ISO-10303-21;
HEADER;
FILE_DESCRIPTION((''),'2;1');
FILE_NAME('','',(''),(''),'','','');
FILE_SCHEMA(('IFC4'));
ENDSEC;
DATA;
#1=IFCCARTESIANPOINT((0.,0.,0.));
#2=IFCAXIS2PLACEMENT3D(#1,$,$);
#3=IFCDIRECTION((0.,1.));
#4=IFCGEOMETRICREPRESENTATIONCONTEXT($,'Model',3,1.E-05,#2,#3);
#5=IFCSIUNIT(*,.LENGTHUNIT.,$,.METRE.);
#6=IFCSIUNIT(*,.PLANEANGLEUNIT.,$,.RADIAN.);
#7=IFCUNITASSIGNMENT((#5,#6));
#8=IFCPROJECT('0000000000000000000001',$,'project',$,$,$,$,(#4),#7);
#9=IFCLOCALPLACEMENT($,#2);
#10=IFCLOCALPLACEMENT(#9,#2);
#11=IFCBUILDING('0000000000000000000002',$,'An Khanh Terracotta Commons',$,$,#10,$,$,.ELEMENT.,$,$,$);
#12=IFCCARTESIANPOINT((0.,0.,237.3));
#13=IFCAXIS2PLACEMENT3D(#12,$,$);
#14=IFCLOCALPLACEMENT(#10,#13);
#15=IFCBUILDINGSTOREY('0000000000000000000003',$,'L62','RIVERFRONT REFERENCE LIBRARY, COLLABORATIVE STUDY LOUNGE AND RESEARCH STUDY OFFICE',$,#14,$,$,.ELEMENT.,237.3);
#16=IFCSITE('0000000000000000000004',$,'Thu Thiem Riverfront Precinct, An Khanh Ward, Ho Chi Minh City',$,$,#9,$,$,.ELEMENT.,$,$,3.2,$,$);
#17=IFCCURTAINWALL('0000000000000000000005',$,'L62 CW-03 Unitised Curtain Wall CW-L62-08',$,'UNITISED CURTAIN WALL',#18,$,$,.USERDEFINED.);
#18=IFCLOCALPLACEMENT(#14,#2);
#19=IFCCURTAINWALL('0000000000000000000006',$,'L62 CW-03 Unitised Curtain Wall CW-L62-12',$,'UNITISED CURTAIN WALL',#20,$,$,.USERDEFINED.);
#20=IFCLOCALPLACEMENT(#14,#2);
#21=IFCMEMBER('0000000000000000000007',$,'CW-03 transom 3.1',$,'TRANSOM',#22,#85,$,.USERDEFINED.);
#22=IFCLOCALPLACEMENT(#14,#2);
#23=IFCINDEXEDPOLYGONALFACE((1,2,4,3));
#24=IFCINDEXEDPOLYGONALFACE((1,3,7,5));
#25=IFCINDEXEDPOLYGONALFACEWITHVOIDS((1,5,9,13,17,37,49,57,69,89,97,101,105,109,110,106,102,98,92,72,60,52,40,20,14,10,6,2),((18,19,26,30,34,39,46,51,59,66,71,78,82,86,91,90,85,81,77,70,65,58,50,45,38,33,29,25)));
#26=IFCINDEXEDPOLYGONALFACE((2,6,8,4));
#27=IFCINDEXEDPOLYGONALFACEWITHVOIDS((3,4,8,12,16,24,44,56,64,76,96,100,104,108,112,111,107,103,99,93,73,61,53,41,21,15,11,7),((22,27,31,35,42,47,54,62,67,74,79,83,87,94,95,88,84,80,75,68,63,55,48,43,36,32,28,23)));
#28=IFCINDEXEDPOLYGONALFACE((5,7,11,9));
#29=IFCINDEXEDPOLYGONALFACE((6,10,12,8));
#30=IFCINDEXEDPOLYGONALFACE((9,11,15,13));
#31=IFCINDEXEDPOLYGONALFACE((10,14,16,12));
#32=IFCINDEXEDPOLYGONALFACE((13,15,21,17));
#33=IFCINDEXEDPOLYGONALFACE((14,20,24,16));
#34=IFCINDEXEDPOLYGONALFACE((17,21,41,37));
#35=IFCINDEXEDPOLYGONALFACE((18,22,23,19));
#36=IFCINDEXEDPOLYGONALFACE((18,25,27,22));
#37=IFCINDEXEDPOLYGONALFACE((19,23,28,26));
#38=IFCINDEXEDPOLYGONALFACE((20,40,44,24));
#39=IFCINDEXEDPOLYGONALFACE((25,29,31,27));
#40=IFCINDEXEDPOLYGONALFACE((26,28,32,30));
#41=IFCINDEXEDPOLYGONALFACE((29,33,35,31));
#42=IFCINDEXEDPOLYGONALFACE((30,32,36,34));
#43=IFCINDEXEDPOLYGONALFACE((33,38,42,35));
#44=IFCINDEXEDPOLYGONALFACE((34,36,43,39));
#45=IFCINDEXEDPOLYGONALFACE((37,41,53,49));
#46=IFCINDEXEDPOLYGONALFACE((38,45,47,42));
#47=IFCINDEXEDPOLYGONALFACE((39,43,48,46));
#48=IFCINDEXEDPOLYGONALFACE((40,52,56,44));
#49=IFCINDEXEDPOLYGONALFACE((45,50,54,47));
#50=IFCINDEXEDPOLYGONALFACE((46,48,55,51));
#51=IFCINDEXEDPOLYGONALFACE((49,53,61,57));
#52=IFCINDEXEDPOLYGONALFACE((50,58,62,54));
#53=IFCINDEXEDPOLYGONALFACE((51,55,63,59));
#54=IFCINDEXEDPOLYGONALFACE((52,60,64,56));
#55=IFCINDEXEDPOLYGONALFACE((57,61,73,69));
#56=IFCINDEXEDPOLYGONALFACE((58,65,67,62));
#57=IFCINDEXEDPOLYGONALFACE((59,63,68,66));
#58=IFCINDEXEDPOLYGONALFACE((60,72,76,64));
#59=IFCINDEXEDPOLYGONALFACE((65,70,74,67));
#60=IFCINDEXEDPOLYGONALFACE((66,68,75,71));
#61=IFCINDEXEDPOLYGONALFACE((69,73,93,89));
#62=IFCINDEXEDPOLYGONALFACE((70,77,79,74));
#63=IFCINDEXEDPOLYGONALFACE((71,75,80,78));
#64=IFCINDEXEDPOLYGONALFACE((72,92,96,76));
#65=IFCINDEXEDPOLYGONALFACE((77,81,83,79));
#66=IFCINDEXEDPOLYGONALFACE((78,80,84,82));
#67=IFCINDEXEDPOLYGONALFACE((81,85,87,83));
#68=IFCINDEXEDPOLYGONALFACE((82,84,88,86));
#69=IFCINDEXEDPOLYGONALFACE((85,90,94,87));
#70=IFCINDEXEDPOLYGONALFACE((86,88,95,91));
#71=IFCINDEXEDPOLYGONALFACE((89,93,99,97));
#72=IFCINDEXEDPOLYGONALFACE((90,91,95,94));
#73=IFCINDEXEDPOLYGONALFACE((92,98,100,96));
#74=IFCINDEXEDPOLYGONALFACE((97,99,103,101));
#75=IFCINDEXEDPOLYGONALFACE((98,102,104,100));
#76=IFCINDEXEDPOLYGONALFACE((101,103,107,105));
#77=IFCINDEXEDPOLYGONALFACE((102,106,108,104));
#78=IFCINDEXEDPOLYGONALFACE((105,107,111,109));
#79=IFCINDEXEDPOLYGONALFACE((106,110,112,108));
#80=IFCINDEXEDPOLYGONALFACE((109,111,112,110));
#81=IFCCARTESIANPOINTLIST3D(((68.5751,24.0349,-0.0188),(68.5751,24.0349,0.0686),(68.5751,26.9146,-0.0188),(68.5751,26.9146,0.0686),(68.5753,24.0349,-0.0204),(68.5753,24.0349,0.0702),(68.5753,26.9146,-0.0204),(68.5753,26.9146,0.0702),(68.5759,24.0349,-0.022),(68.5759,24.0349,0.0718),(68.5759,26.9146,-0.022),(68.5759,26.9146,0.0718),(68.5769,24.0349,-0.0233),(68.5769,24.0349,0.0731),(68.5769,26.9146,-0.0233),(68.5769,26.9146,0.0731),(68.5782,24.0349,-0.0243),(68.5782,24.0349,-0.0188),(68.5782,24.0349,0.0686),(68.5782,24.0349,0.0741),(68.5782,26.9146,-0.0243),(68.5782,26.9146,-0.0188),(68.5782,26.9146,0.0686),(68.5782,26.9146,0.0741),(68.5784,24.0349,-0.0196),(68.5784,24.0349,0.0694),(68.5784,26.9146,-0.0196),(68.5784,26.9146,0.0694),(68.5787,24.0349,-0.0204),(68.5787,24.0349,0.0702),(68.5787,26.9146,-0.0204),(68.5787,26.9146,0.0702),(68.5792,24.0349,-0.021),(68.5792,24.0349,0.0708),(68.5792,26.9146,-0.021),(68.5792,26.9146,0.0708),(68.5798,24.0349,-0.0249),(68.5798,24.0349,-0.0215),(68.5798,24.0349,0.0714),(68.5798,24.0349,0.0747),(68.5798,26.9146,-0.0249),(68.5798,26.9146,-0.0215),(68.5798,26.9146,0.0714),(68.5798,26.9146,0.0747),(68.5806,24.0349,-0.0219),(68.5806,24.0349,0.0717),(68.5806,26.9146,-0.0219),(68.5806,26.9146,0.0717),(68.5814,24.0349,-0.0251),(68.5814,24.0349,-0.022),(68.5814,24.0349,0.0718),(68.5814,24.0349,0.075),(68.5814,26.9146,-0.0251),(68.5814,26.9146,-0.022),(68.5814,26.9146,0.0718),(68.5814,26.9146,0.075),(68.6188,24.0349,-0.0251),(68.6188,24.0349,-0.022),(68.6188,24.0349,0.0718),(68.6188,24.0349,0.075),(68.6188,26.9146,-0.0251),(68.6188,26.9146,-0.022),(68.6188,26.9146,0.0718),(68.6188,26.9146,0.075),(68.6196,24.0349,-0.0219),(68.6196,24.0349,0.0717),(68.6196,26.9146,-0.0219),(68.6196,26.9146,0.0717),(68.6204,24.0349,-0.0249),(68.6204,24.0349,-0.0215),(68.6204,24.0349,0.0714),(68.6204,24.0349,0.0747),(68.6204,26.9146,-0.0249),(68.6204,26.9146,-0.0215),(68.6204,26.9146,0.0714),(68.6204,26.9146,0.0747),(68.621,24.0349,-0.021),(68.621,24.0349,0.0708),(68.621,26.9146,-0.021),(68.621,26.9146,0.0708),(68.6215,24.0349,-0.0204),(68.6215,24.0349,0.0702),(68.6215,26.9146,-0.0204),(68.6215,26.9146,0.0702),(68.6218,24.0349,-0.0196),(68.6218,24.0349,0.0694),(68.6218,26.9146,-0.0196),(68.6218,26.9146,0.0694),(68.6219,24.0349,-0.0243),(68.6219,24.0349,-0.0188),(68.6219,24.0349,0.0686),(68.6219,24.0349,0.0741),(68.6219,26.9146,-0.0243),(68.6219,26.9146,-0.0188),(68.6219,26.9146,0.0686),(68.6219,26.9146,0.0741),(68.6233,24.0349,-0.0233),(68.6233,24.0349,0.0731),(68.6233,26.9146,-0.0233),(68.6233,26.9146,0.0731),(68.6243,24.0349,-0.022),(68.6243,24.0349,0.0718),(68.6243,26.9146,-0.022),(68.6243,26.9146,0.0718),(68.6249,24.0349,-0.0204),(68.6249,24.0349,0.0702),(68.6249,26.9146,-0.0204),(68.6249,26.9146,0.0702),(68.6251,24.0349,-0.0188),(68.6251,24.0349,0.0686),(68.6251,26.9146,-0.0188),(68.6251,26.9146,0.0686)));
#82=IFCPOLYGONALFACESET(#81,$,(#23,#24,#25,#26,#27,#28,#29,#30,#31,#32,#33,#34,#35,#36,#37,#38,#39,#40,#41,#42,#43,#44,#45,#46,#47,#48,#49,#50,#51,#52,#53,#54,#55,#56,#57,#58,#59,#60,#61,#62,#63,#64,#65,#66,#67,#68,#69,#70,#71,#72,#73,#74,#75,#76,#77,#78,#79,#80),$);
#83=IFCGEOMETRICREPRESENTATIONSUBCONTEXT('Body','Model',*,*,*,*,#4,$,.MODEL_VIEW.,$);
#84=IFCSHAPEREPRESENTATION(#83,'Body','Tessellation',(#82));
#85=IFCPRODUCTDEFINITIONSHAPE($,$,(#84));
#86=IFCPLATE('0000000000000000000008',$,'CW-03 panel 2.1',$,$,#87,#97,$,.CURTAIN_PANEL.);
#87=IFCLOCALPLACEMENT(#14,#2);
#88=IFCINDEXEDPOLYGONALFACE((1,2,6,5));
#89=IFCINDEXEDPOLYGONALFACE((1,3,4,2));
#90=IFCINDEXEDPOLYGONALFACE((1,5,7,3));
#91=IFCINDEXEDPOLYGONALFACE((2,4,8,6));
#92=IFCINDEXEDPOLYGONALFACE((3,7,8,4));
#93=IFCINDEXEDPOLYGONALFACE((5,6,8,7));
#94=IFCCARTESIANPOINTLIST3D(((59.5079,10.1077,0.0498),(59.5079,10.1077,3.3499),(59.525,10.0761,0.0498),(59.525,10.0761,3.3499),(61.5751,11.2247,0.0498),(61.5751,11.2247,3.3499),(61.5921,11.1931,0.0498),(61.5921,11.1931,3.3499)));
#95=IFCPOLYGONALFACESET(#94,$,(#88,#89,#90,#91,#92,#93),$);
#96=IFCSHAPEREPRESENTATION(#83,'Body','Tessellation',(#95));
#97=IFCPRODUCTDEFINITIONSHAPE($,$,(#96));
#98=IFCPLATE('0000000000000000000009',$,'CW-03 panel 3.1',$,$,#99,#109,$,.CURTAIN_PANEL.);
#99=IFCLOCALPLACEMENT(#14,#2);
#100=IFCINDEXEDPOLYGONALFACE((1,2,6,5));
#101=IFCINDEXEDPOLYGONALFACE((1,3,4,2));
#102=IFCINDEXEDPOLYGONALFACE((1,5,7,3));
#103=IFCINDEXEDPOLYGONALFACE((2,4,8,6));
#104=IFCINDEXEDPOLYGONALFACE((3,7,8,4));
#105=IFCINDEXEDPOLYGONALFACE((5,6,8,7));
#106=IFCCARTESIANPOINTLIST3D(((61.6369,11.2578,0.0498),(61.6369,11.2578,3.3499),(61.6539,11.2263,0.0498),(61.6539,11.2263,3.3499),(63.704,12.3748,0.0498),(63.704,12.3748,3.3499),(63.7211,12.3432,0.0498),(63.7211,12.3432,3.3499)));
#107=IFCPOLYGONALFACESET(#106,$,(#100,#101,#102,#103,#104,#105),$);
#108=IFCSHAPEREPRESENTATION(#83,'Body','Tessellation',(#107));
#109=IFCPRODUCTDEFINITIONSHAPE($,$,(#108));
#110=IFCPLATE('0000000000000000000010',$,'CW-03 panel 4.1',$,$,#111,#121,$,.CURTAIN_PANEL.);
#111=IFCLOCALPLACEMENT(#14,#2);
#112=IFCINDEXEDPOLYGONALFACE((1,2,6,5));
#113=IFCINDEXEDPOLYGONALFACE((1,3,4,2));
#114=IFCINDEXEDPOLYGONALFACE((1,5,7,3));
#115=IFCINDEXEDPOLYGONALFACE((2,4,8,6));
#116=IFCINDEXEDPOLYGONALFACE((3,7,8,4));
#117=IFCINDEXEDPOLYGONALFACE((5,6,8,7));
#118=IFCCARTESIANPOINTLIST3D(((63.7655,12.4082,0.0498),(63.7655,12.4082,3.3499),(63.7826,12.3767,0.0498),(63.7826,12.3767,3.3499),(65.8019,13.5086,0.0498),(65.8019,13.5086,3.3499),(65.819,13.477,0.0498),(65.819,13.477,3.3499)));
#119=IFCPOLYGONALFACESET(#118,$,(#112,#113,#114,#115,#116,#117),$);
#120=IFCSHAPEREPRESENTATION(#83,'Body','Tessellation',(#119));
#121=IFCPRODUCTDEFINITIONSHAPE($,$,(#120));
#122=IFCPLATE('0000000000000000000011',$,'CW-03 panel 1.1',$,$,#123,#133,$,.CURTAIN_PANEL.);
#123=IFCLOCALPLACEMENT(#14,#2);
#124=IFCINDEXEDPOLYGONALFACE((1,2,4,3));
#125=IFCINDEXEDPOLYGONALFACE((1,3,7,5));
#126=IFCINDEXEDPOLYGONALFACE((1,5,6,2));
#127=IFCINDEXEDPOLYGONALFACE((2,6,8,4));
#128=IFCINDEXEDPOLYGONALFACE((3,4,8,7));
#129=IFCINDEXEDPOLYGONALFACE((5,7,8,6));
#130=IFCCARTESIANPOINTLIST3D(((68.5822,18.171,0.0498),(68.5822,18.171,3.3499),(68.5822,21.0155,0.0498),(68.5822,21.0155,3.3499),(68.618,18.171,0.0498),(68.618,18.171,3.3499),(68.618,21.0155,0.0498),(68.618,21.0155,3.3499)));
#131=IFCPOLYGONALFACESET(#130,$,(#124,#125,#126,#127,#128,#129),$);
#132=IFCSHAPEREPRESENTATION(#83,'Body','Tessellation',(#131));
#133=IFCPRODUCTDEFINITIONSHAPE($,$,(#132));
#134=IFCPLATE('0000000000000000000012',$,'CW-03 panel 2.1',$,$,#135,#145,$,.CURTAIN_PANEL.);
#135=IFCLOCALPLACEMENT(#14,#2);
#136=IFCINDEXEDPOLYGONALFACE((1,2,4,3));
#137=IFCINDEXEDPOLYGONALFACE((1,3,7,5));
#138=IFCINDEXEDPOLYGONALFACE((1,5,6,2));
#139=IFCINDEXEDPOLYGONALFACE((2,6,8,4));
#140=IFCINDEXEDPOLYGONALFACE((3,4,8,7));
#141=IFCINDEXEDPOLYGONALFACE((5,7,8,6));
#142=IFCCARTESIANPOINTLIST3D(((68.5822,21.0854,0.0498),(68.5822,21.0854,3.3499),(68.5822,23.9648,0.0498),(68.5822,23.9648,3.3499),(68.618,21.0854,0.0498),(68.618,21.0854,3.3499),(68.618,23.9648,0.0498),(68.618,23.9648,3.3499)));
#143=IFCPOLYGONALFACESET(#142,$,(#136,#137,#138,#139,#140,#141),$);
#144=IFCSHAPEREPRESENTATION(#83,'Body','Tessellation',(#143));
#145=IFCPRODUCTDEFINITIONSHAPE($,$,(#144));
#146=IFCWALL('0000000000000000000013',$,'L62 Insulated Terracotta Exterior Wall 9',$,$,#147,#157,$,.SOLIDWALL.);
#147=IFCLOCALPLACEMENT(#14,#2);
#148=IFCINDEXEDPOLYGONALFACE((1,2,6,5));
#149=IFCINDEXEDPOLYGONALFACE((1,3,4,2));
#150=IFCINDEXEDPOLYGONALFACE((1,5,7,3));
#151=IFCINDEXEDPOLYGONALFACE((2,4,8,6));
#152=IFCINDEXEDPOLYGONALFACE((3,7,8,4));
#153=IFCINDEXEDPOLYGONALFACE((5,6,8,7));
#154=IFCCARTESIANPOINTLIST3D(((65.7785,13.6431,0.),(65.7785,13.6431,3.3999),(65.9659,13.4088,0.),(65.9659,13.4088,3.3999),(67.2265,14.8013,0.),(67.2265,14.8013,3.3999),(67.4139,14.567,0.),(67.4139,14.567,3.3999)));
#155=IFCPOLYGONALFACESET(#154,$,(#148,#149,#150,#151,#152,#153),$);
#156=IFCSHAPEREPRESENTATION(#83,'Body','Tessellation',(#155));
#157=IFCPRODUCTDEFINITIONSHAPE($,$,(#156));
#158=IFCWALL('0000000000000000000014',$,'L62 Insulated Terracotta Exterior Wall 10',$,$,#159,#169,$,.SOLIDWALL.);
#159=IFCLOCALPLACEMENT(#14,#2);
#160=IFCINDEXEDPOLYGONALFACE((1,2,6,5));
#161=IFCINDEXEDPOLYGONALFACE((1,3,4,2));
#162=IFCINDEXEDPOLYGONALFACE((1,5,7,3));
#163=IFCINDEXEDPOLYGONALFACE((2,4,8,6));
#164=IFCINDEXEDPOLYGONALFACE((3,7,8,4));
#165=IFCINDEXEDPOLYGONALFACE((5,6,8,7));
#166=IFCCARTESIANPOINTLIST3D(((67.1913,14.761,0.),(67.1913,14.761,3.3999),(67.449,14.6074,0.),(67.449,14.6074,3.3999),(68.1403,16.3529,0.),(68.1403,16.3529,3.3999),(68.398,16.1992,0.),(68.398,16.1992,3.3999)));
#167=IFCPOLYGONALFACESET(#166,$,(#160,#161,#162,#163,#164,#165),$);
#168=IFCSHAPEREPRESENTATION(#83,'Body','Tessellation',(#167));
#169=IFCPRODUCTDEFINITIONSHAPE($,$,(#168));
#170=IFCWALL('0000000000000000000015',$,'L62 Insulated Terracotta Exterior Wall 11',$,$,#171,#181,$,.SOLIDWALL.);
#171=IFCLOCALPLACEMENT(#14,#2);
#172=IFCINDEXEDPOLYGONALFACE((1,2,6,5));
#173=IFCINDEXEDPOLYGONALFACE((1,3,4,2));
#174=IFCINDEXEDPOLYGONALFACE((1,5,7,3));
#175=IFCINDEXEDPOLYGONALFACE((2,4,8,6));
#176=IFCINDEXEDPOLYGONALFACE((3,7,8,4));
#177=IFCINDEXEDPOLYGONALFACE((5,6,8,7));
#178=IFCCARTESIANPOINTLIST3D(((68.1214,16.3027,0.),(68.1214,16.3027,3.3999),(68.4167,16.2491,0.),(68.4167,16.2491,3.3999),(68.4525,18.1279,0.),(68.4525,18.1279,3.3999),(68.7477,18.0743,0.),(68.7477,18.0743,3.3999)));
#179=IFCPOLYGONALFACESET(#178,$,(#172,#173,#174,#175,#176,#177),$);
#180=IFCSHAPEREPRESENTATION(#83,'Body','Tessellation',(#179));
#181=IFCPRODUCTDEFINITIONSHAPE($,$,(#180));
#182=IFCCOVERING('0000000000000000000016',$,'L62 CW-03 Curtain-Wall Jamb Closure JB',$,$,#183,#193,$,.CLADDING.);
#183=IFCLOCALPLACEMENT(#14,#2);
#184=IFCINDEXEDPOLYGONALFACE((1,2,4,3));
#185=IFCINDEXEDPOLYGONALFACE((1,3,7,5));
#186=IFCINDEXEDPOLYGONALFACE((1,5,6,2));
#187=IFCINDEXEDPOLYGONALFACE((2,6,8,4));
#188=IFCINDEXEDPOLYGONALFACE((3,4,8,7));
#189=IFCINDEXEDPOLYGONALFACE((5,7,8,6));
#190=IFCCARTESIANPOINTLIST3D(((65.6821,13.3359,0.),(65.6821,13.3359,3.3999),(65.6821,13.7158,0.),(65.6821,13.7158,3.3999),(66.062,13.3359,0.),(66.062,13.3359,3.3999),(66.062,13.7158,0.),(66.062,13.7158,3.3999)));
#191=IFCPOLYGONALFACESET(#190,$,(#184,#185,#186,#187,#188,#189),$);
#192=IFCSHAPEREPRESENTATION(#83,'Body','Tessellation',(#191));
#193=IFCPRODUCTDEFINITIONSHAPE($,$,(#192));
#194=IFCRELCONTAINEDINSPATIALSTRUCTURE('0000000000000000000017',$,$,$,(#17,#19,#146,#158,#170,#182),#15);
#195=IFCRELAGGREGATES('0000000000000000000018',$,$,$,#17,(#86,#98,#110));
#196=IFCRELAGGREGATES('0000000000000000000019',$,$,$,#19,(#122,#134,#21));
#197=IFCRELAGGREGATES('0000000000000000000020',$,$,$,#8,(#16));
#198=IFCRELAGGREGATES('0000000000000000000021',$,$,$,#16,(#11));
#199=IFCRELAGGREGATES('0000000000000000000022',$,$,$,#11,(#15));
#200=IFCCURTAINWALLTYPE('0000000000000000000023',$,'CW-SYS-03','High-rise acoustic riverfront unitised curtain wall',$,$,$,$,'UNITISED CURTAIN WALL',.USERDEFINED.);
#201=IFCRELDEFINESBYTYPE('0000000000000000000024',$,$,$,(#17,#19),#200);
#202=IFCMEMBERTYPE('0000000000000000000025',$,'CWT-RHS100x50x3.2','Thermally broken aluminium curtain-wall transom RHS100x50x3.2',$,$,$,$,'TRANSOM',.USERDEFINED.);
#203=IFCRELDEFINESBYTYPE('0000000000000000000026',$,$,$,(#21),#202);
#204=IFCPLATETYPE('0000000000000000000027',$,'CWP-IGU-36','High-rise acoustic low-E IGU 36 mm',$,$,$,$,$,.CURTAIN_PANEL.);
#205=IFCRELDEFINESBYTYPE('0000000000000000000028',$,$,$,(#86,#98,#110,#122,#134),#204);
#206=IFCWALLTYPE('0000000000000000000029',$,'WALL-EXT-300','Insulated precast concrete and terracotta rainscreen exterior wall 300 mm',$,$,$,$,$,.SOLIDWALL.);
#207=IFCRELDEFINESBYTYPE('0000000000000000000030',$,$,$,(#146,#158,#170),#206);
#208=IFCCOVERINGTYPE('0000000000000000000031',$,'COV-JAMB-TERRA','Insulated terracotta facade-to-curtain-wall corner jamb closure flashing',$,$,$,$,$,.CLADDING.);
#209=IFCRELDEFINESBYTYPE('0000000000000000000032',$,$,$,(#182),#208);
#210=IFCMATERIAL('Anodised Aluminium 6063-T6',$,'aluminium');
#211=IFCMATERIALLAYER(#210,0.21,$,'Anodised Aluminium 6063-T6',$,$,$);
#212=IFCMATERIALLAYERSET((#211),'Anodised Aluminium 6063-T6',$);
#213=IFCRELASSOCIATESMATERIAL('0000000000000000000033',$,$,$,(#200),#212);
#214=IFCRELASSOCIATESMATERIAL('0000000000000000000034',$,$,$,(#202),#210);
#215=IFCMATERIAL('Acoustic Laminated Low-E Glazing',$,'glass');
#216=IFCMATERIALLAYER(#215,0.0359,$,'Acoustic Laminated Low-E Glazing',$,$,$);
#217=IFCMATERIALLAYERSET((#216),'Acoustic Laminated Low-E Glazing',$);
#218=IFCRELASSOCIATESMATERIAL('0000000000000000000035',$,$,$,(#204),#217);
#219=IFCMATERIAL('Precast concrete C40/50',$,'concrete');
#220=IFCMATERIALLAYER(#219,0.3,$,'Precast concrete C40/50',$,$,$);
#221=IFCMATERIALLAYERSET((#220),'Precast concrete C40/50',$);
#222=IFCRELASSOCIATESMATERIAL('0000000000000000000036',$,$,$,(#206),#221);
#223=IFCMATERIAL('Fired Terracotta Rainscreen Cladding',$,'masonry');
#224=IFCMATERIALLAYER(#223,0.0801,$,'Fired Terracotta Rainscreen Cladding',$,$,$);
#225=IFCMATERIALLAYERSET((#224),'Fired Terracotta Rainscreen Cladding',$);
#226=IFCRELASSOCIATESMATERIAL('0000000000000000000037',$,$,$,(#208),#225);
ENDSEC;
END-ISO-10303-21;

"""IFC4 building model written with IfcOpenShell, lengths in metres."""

from ifc_helpers import new_model, si_unit, direction, frame, frame_2d, origin, origin_2d, place, context, subcontext, project, spatial, rectangle, hollow_rectangle, extrude, material, layer, layer_set, material_profile, profile_set, type_object, element, aggregate, save


model = new_model("IFC4")

# Units and contexts
model_context = context("Model", 3, precision=1e-05, world=origin(), true_north=direction((0.0, 1.0)))
body_context = subcontext(model_context, "Body", "Model", "MODEL_VIEW")
ifc_project = project(units=[si_unit("LENGTHUNIT", "METRE"), si_unit("PLANEANGLEUNIT", "RADIAN")], contexts=[model_context])

# Site, building, storey
site_placement = place(None, origin())
site = spatial("IfcSite", under=ifc_project, at=site_placement, Name="Thu Thiem Riverfront Precinct, An Khanh Ward, Ho Chi Minh City", CompositionType="ELEMENT", RefElevation=3.2)
building_placement = place(site_placement, origin())
building = spatial("IfcBuilding", under=site, at=building_placement, Name="An Khanh Terracotta Commons", CompositionType="ELEMENT")
storey_placement = place(building_placement, frame((0.0, 0.0, 237.3)))
storey = spatial("IfcBuildingStorey", under=building, at=storey_placement, Name="L62", Description="RIVERFRONT REFERENCE LIBRARY, COLLABORATIVE STUDY LOUNGE AND RESEARCH STUDY OFFICE", CompositionType="ELEMENT", Elevation=237.3)

# Curtain walls
ifc_material_1 = material(Name="Anodised Aluminium 6063-T6", Category="aluminium")
ifc_layer_1 = layer(ifc_material_1, 0.21, Name="Anodised Aluminium 6063-T6")
ifc_layer_set_1 = layer_set([ifc_layer_1], Name="Anodised Aluminium 6063-T6")
curtain_wall_type = type_object("IfcCurtainWallType", Name="CW-SYS-03", Description="High-rise acoustic riverfront unitised curtain wall", ElementType="UNITISED CURTAIN WALL", PredefinedType="USERDEFINED", material=ifc_layer_set_1)
curtain_wall_1_placement = place(storey_placement, origin())
curtain_wall_1 = element("IfcCurtainWall", 1, at=curtain_wall_1_placement, inside=storey, type_object=curtain_wall_type, Name="L62 CW-03 Unitised Curtain Wall CW-L62-08", ObjectType="UNITISED CURTAIN WALL", PredefinedType="USERDEFINED")
curtain_wall_2_placement = place(storey_placement, origin())
curtain_wall_2 = element("IfcCurtainWall", 2, at=curtain_wall_2_placement, inside=storey, type_object=curtain_wall_type, Name="L62 CW-03 Unitised Curtain Wall CW-L62-12", ObjectType="UNITISED CURTAIN WALL", PredefinedType="USERDEFINED")

# Member
ifc_material_profile_1 = material_profile(ifc_material_1, hollow_rectangle(XDim=0.05, YDim=0.1001, WallThickness=0.0032, InnerFilletRadius=0.0032, OuterFilletRadius=0.0063, at=origin_2d()), Name="RHS100x50x3.2")
ifc_profile_set_1 = profile_set([ifc_material_profile_1], Name="Anodised Aluminium 6063-T6")
member_type_1 = type_object("IfcMemberType", Name="CWT-RHS100x50x3.2", Description="Thermally broken aluminium curtain-wall transom RHS100x50x3.2", ElementType="TRANSOM", PredefinedType="USERDEFINED", material=ifc_profile_set_1)
member_1_placement = place(storey_placement, frame((68.6001, 24.0349, 0.0249), z_axis=(0.0, 1.0, 0.0), x_axis=(-1.0, 0.0, 0.0)))
member_1 = element("IfcMember", 3, at=member_1_placement, type_object=member_type_1, Name="CW-03 transom 3.1", ObjectType="TRANSOM", PredefinedType="USERDEFINED", context=body_context, shape_type="SweptSolid", body=[
    extrude(hollow_rectangle(XDim=0.05, YDim=0.1001, WallThickness=0.0032, InnerFilletRadius=0.0032, OuterFilletRadius=0.0063, at=origin_2d()), origin(), (0.0, 0.0, 1.0), 2.8796),
])

# Plates
ifc_material_2 = material(Name="Acoustic Laminated Low-E Glazing", Category="glass")
ifc_layer_2 = layer(ifc_material_2, 0.0359, Name="Acoustic Laminated Low-E Glazing")
ifc_layer_set_2 = layer_set([ifc_layer_2], Name="Acoustic Laminated Low-E Glazing")
plate_type = type_object("IfcPlateType", Name="CWP-IGU-36", Description="High-rise acoustic low-E IGU 36 mm", PredefinedType="CURTAIN_PANEL", material=ifc_layer_set_2)
plate_1_placement = place(storey_placement, frame((60.55, 10.6504, 0.0498), z_axis=(0.0, 0.0, 1.0), x_axis=(0.87978, 0.475381, 0.0)))
plate_1 = element("IfcPlate", 4, at=plate_1_placement, type_object=plate_type, Name="CW-03 panel 2.1", PredefinedType="CURTAIN_PANEL", context=body_context, shape_type="SweptSolid", body=[
    extrude(rectangle(XDim=2.3496, YDim=0.0359, at=origin_2d()), origin(), (0.0, 0.0, 1.0), 3.3),
])
plate_2_placement = place(storey_placement, frame((62.679, 11.8005, 0.0498), z_axis=(0.0, 0.0, 1.0), x_axis=(0.87978, 0.475381, 0.0)))
plate_2 = element("IfcPlate", 5, at=plate_2_placement, type_object=plate_type, Name="CW-03 panel 3.1", PredefinedType="CURTAIN_PANEL", context=body_context, shape_type="SweptSolid", body=[
    extrude(rectangle(XDim=2.3496, YDim=0.0359, at=origin_2d()), origin(), (0.0, 0.0, 1.0), 3.3),
])
plate_3_placement = place(storey_placement, frame((64.7922, 12.9426, 0.0498), z_axis=(0.0, 0.0, 1.0), x_axis=(0.87978, 0.475381, 0.0)))
plate_3 = element("IfcPlate", 6, at=plate_3_placement, type_object=plate_type, Name="CW-03 panel 4.1", PredefinedType="CURTAIN_PANEL", context=body_context, shape_type="SweptSolid", body=[
    extrude(rectangle(XDim=2.3147, YDim=0.0359, at=origin_2d()), origin(), (0.0, 0.0, 1.0), 3.3),
])
aggregate(curtain_wall_1, [plate_1, plate_2, plate_3])
plate_4_placement = place(storey_placement, frame((68.6001, 19.5933, 0.0498), z_axis=(0.0, 0.0, 1.0), x_axis=(0.0, 1.0, 0.0)))
plate_4 = element("IfcPlate", 7, at=plate_4_placement, type_object=plate_type, Name="CW-03 panel 1.1", PredefinedType="CURTAIN_PANEL", context=body_context, shape_type="SweptSolid", body=[
    extrude(rectangle(XDim=2.8445, YDim=0.0359, at=origin_2d()), origin(), (0.0, 0.0, 1.0), 3.3),
])
plate_5_placement = place(storey_placement, frame((68.6001, 22.5251, 0.0498), z_axis=(0.0, 0.0, 1.0), x_axis=(0.0, 1.0, 0.0)))
plate_5 = element("IfcPlate", 8, at=plate_5_placement, type_object=plate_type, Name="CW-03 panel 2.1", PredefinedType="CURTAIN_PANEL", context=body_context, shape_type="SweptSolid", body=[
    extrude(rectangle(XDim=2.8794, YDim=0.0359, at=origin_2d()), origin(), (0.0, 0.0, 1.0), 3.3),
])
aggregate(curtain_wall_2, [plate_4, plate_5, member_1])

# Walls
ifc_material_3 = material(Name="Precast concrete C40/50", Category="concrete")
ifc_layer_3 = layer(ifc_material_3, 0.3, Name="Precast concrete C40/50")
ifc_layer_set_3 = layer_set([ifc_layer_3], Name="Precast concrete C40/50")
wall_type = type_object("IfcWallType", Name="WALL-EXT-300", Description="Insulated precast concrete and terracotta rainscreen exterior wall 300 mm", PredefinedType="SOLIDWALL", material=ifc_layer_set_3)
wall_1_placement = place(storey_placement, frame((65.8721, 13.5259, 0.0), z_axis=(0.0, 0.0, 1.0), x_axis=(0.78092, 0.624631, 0.0)))
element("IfcWall", 9, at=wall_1_placement, inside=storey, type_object=wall_type, Name="L62 Insulated Terracotta Exterior Wall 9", PredefinedType="SOLIDWALL", context=body_context, shape_type="SweptSolid", body=[
    extrude(rectangle(XDim=1.8542, YDim=0.3, at=frame_2d((0.9272, 0.0))), origin(), (0.0, 0.0, 1.0), 3.3999),
])
wall_2_placement = place(storey_placement, frame((67.3201, 14.6841, 0.0), z_axis=(0.0, 0.0, 1.0), x_axis=(0.512072, 0.858943, 0.0)))
element("IfcWall", 10, at=wall_2_placement, inside=storey, type_object=wall_type, Name="L62 Insulated Terracotta Exterior Wall 10", PredefinedType="SOLIDWALL", context=body_context, shape_type="SweptSolid", body=[
    extrude(rectangle(XDim=1.8533, YDim=0.3, at=frame_2d((0.9268, 0.0))), origin(), (0.0, 0.0, 1.0), 3.3999),
])
wall_3_placement = place(storey_placement, frame((68.269, 16.2759, 0.0), z_axis=(0.0, 0.0, 1.0), x_axis=(0.178468, 0.983946, 0.0)))
element("IfcWall", 11, at=wall_3_placement, inside=storey, type_object=wall_type, Name="L62 Insulated Terracotta Exterior Wall 11", PredefinedType="SOLIDWALL", context=body_context, shape_type="SweptSolid", body=[
    extrude(rectangle(XDim=1.855, YDim=0.3, at=frame_2d((0.9275, 0.0))), origin(), (0.0, 0.0, 1.0), 3.3999),
])

# Covering
ifc_material_4 = material(Name="Fired Terracotta Rainscreen Cladding", Category="masonry")
ifc_layer_4 = layer(ifc_material_4, 0.0801, Name="Fired Terracotta Rainscreen Cladding")
ifc_layer_set_4 = layer_set([ifc_layer_4], Name="Fired Terracotta Rainscreen Cladding")
covering_type = type_object("IfcCoveringType", Name="COV-JAMB-TERRA", Description="Insulated terracotta facade-to-curtain-wall corner jamb closure flashing", PredefinedType="CLADDING", material=ifc_layer_set_4)
for number, where, z_axis, x_axis, name in (
    (12, (65.8721, 13.5259, 0.0), (0.0, 0.0, 1.0), (1.0, 0.0, 0.0), "L62 CW-03 Curtain-Wall Jamb Closure JB"),
):
    element("IfcCovering", number, at=place(storey_placement, frame(where, z_axis=z_axis, x_axis=x_axis)), inside=storey, type_object=covering_type, Name=name, PredefinedType="CLADDING", context=body_context, shape_type="SweptSolid", body=[
        extrude(rectangle(XDim=0.3799, YDim=0.3799, at=origin_2d()), origin(), (0.0, 0.0, 1.0), 3.3999),
    ])

save(model, "model.ifc")
